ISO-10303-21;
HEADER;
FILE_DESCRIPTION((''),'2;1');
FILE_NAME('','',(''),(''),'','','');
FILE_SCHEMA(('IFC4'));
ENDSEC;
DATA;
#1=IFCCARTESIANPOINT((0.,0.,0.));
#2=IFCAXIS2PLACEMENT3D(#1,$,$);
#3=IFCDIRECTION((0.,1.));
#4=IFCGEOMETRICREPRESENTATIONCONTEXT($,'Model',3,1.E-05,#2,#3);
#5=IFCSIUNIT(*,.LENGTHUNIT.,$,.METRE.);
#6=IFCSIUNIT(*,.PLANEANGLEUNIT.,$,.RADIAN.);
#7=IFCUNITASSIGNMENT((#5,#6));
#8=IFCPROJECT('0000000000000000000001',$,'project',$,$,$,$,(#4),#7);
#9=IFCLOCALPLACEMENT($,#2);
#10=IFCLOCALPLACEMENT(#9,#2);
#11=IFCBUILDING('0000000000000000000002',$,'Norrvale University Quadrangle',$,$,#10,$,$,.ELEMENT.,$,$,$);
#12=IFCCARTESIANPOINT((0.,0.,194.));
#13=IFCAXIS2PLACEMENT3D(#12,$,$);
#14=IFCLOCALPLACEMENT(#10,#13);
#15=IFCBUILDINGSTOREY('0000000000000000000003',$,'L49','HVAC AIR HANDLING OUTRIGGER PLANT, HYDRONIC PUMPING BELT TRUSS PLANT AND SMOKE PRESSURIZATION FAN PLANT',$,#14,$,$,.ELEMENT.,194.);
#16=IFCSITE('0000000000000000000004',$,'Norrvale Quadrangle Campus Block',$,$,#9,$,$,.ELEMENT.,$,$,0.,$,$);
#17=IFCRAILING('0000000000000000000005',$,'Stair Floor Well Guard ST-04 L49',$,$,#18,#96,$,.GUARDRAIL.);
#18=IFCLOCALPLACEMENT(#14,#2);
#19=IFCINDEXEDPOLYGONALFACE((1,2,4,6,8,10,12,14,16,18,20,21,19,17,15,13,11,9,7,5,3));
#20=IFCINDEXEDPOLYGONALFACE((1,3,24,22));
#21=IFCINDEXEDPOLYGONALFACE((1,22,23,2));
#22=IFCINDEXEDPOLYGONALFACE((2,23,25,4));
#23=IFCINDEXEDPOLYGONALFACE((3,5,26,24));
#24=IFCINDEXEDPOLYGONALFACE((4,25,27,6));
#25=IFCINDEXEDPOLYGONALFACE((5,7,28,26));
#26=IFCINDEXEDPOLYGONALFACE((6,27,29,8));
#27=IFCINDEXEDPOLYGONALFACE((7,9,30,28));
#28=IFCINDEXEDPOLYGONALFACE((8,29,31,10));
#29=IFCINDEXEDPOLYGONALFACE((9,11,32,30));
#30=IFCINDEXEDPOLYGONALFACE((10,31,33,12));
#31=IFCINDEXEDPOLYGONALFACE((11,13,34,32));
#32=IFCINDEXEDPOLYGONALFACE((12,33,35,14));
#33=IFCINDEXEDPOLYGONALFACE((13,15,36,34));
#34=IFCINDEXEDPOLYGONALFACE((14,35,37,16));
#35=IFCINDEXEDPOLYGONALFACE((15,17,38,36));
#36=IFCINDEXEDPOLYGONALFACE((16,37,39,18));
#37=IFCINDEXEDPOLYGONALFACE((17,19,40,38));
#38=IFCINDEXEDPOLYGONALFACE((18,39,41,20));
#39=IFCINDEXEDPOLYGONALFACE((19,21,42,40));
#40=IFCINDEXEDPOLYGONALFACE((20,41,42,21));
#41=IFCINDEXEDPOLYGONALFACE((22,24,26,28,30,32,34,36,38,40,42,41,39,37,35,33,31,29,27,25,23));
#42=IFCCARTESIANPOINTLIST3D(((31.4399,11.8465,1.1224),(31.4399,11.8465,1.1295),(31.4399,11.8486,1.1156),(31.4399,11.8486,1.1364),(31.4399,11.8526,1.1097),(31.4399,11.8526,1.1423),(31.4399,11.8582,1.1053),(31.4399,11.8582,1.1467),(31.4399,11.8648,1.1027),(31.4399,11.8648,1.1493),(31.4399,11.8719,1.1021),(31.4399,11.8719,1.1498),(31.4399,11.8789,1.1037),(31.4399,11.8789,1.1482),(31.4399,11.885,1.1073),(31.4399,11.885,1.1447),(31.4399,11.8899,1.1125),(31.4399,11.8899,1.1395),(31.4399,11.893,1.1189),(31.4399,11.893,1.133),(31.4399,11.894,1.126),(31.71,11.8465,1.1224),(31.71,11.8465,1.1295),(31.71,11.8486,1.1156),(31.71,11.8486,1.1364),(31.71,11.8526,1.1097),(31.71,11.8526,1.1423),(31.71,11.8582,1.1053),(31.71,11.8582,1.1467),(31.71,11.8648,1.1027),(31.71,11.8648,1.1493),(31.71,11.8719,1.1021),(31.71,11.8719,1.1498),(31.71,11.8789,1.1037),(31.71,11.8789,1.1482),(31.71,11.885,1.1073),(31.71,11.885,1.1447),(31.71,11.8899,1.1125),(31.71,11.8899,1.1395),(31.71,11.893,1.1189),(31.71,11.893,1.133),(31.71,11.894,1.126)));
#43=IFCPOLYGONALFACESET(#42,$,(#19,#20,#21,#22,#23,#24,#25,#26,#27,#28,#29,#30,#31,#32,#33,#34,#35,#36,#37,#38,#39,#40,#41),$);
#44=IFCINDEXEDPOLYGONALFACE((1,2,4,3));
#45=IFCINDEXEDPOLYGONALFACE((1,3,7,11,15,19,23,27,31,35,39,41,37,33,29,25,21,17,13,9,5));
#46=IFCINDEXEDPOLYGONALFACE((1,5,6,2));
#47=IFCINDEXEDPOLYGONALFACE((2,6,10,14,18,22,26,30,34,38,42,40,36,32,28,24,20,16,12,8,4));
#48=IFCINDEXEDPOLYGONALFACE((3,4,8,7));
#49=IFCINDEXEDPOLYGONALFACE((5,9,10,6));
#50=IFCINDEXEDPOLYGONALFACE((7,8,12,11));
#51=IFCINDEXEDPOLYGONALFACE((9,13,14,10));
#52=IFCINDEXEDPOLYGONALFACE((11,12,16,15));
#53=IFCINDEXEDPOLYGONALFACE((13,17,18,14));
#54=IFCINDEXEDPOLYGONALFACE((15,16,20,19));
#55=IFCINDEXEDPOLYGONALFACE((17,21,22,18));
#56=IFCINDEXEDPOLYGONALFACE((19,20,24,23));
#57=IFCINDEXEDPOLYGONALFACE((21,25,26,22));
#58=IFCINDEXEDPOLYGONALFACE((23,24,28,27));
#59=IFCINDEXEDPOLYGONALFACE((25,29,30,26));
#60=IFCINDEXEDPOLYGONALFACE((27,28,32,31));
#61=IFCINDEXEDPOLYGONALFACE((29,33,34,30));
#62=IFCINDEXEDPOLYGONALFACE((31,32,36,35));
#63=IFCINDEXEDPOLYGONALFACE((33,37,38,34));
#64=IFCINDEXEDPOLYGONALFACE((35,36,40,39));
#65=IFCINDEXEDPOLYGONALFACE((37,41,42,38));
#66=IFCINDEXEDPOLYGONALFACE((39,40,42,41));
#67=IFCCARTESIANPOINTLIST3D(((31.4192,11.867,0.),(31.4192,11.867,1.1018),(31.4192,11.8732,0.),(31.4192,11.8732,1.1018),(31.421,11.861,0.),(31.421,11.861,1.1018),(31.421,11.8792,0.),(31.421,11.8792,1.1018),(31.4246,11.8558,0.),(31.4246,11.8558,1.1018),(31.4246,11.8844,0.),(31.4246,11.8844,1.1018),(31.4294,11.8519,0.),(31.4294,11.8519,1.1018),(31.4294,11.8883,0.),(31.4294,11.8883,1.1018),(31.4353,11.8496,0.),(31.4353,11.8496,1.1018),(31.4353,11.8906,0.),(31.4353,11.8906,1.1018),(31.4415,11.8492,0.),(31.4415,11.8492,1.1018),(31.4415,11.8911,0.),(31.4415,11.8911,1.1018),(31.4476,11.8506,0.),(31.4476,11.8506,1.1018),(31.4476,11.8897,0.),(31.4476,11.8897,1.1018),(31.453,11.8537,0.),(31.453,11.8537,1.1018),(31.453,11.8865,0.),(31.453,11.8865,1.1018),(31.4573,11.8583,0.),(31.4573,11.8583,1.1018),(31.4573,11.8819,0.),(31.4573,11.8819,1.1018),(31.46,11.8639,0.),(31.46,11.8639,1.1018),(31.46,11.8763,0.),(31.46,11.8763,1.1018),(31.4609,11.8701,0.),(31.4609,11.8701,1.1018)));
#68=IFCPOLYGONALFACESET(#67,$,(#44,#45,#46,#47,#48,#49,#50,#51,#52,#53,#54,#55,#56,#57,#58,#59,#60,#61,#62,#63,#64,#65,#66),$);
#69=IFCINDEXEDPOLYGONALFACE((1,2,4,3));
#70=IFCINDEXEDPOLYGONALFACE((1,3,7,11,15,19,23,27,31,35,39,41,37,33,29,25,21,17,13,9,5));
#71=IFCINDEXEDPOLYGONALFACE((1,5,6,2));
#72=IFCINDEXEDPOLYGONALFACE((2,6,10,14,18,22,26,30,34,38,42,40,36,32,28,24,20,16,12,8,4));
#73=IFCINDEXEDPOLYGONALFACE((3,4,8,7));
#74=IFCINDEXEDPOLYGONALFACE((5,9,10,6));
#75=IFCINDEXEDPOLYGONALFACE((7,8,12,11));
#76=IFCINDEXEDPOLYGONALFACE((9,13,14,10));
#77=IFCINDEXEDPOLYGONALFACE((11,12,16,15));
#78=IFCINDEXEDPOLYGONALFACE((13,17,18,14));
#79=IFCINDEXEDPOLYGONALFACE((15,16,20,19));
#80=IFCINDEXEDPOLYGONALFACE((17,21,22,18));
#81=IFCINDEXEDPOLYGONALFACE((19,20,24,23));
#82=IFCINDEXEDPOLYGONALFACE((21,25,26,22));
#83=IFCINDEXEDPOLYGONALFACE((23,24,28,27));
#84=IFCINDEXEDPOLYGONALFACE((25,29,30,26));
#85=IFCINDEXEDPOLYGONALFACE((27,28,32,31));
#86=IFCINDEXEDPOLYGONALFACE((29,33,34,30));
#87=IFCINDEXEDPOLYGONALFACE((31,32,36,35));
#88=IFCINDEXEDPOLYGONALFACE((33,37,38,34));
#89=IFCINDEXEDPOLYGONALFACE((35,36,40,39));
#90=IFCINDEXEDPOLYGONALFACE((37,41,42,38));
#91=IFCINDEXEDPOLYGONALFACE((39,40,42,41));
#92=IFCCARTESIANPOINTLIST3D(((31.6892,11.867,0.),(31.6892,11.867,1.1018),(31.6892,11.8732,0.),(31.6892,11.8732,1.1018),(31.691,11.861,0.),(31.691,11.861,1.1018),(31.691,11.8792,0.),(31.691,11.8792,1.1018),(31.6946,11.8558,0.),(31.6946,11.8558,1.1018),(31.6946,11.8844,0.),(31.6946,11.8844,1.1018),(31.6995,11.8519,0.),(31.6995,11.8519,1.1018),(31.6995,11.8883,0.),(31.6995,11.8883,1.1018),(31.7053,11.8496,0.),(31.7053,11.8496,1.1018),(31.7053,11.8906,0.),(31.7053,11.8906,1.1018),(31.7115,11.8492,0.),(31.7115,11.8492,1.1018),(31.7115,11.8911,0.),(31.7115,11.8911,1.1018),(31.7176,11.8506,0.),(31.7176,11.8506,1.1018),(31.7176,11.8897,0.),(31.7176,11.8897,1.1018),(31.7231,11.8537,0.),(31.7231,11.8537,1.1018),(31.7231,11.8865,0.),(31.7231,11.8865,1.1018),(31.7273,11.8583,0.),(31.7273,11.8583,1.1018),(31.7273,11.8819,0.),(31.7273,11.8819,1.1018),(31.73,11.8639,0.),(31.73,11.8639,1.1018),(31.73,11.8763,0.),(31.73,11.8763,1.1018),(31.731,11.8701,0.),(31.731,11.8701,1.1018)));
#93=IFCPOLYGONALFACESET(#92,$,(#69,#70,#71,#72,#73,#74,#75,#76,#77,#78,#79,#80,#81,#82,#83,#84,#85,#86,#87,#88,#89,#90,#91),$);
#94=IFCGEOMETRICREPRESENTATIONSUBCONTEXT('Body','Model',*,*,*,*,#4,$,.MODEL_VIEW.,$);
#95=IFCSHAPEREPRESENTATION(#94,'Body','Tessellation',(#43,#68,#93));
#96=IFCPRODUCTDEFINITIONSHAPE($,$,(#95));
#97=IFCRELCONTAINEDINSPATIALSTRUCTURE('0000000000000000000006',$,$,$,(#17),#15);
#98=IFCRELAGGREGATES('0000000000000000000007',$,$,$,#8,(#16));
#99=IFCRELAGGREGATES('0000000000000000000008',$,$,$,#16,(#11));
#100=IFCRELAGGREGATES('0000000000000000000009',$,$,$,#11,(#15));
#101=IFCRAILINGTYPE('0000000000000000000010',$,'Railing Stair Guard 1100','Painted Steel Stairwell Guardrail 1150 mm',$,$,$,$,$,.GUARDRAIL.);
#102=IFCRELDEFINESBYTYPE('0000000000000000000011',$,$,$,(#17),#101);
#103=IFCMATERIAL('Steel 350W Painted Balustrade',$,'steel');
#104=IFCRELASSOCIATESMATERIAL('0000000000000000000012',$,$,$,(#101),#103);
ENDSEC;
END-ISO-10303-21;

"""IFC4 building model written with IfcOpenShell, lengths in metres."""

from ifc_helpers import new_model, si_unit, direction, frame, origin, origin_2d, place, context, subcontext, project, spatial, circle, extrude, material, type_object, element, save


model = new_model("IFC4")

# Units and contexts
model_context = context("Model", 3, precision=1e-05, world=origin(), true_north=direction((0.0, 1.0)))
body_context = subcontext(model_context, "Body", "Model", "MODEL_VIEW")
ifc_project = project(units=[si_unit("LENGTHUNIT", "METRE"), si_unit("PLANEANGLEUNIT", "RADIAN")], contexts=[model_context])

# Site, building, storey
site_placement = place(None, origin())
site = spatial("IfcSite", under=ifc_project, at=site_placement, Name="Norrvale Quadrangle Campus Block", CompositionType="ELEMENT", RefElevation=0.0)
building_placement = place(site_placement, origin())
building = spatial("IfcBuilding", under=site, at=building_placement, Name="Norrvale University Quadrangle", CompositionType="ELEMENT")
storey_placement = place(building_placement, frame((0.0, 0.0, 194.0)))
storey = spatial("IfcBuildingStorey", under=building, at=storey_placement, Name="L49", Description="HVAC AIR HANDLING OUTRIGGER PLANT, HYDRONIC PUMPING BELT TRUSS PLANT AND SMOKE PRESSURIZATION FAN PLANT", CompositionType="ELEMENT", Elevation=194.0)

# Railing
ifc_material_1 = material(Name="Steel 350W Painted Balustrade", Category="steel")
railing_type_1 = type_object("IfcRailingType", Name="Railing Stair Guard 1100", Description="Painted Steel Stairwell Guardrail 1150 mm", PredefinedType="GUARDRAIL", material=ifc_material_1)
railing_1_placement = place(storey_placement, frame((31.4399, 11.8701, 0.0)))
element("IfcRailing", 1, at=railing_1_placement, inside=storey, type_object=railing_type_1, Name="Stair Floor Well Guard ST-04 L49", PredefinedType="GUARDRAIL", context=body_context, shape_type="SweptSolid", body=[
    extrude(circle(Radius=0.0239, at=origin_2d()), frame((0.0, 0.0, 1.126), z_axis=(1.0, 0.0, 0.0), x_axis=(0.0, 1.0, 0.0)), (0.0, 0.0, 1.0), 0.27),
    extrude(circle(Radius=0.021, at=origin_2d()), origin(), (0.0, 0.0, 1.0), 1.1018),
    extrude(circle(Radius=0.021, at=origin_2d()), frame((0.27, 0.0, 0.0)), (0.0, 0.0, 1.0), 1.1018),
])

save(model, "model.ifc")
